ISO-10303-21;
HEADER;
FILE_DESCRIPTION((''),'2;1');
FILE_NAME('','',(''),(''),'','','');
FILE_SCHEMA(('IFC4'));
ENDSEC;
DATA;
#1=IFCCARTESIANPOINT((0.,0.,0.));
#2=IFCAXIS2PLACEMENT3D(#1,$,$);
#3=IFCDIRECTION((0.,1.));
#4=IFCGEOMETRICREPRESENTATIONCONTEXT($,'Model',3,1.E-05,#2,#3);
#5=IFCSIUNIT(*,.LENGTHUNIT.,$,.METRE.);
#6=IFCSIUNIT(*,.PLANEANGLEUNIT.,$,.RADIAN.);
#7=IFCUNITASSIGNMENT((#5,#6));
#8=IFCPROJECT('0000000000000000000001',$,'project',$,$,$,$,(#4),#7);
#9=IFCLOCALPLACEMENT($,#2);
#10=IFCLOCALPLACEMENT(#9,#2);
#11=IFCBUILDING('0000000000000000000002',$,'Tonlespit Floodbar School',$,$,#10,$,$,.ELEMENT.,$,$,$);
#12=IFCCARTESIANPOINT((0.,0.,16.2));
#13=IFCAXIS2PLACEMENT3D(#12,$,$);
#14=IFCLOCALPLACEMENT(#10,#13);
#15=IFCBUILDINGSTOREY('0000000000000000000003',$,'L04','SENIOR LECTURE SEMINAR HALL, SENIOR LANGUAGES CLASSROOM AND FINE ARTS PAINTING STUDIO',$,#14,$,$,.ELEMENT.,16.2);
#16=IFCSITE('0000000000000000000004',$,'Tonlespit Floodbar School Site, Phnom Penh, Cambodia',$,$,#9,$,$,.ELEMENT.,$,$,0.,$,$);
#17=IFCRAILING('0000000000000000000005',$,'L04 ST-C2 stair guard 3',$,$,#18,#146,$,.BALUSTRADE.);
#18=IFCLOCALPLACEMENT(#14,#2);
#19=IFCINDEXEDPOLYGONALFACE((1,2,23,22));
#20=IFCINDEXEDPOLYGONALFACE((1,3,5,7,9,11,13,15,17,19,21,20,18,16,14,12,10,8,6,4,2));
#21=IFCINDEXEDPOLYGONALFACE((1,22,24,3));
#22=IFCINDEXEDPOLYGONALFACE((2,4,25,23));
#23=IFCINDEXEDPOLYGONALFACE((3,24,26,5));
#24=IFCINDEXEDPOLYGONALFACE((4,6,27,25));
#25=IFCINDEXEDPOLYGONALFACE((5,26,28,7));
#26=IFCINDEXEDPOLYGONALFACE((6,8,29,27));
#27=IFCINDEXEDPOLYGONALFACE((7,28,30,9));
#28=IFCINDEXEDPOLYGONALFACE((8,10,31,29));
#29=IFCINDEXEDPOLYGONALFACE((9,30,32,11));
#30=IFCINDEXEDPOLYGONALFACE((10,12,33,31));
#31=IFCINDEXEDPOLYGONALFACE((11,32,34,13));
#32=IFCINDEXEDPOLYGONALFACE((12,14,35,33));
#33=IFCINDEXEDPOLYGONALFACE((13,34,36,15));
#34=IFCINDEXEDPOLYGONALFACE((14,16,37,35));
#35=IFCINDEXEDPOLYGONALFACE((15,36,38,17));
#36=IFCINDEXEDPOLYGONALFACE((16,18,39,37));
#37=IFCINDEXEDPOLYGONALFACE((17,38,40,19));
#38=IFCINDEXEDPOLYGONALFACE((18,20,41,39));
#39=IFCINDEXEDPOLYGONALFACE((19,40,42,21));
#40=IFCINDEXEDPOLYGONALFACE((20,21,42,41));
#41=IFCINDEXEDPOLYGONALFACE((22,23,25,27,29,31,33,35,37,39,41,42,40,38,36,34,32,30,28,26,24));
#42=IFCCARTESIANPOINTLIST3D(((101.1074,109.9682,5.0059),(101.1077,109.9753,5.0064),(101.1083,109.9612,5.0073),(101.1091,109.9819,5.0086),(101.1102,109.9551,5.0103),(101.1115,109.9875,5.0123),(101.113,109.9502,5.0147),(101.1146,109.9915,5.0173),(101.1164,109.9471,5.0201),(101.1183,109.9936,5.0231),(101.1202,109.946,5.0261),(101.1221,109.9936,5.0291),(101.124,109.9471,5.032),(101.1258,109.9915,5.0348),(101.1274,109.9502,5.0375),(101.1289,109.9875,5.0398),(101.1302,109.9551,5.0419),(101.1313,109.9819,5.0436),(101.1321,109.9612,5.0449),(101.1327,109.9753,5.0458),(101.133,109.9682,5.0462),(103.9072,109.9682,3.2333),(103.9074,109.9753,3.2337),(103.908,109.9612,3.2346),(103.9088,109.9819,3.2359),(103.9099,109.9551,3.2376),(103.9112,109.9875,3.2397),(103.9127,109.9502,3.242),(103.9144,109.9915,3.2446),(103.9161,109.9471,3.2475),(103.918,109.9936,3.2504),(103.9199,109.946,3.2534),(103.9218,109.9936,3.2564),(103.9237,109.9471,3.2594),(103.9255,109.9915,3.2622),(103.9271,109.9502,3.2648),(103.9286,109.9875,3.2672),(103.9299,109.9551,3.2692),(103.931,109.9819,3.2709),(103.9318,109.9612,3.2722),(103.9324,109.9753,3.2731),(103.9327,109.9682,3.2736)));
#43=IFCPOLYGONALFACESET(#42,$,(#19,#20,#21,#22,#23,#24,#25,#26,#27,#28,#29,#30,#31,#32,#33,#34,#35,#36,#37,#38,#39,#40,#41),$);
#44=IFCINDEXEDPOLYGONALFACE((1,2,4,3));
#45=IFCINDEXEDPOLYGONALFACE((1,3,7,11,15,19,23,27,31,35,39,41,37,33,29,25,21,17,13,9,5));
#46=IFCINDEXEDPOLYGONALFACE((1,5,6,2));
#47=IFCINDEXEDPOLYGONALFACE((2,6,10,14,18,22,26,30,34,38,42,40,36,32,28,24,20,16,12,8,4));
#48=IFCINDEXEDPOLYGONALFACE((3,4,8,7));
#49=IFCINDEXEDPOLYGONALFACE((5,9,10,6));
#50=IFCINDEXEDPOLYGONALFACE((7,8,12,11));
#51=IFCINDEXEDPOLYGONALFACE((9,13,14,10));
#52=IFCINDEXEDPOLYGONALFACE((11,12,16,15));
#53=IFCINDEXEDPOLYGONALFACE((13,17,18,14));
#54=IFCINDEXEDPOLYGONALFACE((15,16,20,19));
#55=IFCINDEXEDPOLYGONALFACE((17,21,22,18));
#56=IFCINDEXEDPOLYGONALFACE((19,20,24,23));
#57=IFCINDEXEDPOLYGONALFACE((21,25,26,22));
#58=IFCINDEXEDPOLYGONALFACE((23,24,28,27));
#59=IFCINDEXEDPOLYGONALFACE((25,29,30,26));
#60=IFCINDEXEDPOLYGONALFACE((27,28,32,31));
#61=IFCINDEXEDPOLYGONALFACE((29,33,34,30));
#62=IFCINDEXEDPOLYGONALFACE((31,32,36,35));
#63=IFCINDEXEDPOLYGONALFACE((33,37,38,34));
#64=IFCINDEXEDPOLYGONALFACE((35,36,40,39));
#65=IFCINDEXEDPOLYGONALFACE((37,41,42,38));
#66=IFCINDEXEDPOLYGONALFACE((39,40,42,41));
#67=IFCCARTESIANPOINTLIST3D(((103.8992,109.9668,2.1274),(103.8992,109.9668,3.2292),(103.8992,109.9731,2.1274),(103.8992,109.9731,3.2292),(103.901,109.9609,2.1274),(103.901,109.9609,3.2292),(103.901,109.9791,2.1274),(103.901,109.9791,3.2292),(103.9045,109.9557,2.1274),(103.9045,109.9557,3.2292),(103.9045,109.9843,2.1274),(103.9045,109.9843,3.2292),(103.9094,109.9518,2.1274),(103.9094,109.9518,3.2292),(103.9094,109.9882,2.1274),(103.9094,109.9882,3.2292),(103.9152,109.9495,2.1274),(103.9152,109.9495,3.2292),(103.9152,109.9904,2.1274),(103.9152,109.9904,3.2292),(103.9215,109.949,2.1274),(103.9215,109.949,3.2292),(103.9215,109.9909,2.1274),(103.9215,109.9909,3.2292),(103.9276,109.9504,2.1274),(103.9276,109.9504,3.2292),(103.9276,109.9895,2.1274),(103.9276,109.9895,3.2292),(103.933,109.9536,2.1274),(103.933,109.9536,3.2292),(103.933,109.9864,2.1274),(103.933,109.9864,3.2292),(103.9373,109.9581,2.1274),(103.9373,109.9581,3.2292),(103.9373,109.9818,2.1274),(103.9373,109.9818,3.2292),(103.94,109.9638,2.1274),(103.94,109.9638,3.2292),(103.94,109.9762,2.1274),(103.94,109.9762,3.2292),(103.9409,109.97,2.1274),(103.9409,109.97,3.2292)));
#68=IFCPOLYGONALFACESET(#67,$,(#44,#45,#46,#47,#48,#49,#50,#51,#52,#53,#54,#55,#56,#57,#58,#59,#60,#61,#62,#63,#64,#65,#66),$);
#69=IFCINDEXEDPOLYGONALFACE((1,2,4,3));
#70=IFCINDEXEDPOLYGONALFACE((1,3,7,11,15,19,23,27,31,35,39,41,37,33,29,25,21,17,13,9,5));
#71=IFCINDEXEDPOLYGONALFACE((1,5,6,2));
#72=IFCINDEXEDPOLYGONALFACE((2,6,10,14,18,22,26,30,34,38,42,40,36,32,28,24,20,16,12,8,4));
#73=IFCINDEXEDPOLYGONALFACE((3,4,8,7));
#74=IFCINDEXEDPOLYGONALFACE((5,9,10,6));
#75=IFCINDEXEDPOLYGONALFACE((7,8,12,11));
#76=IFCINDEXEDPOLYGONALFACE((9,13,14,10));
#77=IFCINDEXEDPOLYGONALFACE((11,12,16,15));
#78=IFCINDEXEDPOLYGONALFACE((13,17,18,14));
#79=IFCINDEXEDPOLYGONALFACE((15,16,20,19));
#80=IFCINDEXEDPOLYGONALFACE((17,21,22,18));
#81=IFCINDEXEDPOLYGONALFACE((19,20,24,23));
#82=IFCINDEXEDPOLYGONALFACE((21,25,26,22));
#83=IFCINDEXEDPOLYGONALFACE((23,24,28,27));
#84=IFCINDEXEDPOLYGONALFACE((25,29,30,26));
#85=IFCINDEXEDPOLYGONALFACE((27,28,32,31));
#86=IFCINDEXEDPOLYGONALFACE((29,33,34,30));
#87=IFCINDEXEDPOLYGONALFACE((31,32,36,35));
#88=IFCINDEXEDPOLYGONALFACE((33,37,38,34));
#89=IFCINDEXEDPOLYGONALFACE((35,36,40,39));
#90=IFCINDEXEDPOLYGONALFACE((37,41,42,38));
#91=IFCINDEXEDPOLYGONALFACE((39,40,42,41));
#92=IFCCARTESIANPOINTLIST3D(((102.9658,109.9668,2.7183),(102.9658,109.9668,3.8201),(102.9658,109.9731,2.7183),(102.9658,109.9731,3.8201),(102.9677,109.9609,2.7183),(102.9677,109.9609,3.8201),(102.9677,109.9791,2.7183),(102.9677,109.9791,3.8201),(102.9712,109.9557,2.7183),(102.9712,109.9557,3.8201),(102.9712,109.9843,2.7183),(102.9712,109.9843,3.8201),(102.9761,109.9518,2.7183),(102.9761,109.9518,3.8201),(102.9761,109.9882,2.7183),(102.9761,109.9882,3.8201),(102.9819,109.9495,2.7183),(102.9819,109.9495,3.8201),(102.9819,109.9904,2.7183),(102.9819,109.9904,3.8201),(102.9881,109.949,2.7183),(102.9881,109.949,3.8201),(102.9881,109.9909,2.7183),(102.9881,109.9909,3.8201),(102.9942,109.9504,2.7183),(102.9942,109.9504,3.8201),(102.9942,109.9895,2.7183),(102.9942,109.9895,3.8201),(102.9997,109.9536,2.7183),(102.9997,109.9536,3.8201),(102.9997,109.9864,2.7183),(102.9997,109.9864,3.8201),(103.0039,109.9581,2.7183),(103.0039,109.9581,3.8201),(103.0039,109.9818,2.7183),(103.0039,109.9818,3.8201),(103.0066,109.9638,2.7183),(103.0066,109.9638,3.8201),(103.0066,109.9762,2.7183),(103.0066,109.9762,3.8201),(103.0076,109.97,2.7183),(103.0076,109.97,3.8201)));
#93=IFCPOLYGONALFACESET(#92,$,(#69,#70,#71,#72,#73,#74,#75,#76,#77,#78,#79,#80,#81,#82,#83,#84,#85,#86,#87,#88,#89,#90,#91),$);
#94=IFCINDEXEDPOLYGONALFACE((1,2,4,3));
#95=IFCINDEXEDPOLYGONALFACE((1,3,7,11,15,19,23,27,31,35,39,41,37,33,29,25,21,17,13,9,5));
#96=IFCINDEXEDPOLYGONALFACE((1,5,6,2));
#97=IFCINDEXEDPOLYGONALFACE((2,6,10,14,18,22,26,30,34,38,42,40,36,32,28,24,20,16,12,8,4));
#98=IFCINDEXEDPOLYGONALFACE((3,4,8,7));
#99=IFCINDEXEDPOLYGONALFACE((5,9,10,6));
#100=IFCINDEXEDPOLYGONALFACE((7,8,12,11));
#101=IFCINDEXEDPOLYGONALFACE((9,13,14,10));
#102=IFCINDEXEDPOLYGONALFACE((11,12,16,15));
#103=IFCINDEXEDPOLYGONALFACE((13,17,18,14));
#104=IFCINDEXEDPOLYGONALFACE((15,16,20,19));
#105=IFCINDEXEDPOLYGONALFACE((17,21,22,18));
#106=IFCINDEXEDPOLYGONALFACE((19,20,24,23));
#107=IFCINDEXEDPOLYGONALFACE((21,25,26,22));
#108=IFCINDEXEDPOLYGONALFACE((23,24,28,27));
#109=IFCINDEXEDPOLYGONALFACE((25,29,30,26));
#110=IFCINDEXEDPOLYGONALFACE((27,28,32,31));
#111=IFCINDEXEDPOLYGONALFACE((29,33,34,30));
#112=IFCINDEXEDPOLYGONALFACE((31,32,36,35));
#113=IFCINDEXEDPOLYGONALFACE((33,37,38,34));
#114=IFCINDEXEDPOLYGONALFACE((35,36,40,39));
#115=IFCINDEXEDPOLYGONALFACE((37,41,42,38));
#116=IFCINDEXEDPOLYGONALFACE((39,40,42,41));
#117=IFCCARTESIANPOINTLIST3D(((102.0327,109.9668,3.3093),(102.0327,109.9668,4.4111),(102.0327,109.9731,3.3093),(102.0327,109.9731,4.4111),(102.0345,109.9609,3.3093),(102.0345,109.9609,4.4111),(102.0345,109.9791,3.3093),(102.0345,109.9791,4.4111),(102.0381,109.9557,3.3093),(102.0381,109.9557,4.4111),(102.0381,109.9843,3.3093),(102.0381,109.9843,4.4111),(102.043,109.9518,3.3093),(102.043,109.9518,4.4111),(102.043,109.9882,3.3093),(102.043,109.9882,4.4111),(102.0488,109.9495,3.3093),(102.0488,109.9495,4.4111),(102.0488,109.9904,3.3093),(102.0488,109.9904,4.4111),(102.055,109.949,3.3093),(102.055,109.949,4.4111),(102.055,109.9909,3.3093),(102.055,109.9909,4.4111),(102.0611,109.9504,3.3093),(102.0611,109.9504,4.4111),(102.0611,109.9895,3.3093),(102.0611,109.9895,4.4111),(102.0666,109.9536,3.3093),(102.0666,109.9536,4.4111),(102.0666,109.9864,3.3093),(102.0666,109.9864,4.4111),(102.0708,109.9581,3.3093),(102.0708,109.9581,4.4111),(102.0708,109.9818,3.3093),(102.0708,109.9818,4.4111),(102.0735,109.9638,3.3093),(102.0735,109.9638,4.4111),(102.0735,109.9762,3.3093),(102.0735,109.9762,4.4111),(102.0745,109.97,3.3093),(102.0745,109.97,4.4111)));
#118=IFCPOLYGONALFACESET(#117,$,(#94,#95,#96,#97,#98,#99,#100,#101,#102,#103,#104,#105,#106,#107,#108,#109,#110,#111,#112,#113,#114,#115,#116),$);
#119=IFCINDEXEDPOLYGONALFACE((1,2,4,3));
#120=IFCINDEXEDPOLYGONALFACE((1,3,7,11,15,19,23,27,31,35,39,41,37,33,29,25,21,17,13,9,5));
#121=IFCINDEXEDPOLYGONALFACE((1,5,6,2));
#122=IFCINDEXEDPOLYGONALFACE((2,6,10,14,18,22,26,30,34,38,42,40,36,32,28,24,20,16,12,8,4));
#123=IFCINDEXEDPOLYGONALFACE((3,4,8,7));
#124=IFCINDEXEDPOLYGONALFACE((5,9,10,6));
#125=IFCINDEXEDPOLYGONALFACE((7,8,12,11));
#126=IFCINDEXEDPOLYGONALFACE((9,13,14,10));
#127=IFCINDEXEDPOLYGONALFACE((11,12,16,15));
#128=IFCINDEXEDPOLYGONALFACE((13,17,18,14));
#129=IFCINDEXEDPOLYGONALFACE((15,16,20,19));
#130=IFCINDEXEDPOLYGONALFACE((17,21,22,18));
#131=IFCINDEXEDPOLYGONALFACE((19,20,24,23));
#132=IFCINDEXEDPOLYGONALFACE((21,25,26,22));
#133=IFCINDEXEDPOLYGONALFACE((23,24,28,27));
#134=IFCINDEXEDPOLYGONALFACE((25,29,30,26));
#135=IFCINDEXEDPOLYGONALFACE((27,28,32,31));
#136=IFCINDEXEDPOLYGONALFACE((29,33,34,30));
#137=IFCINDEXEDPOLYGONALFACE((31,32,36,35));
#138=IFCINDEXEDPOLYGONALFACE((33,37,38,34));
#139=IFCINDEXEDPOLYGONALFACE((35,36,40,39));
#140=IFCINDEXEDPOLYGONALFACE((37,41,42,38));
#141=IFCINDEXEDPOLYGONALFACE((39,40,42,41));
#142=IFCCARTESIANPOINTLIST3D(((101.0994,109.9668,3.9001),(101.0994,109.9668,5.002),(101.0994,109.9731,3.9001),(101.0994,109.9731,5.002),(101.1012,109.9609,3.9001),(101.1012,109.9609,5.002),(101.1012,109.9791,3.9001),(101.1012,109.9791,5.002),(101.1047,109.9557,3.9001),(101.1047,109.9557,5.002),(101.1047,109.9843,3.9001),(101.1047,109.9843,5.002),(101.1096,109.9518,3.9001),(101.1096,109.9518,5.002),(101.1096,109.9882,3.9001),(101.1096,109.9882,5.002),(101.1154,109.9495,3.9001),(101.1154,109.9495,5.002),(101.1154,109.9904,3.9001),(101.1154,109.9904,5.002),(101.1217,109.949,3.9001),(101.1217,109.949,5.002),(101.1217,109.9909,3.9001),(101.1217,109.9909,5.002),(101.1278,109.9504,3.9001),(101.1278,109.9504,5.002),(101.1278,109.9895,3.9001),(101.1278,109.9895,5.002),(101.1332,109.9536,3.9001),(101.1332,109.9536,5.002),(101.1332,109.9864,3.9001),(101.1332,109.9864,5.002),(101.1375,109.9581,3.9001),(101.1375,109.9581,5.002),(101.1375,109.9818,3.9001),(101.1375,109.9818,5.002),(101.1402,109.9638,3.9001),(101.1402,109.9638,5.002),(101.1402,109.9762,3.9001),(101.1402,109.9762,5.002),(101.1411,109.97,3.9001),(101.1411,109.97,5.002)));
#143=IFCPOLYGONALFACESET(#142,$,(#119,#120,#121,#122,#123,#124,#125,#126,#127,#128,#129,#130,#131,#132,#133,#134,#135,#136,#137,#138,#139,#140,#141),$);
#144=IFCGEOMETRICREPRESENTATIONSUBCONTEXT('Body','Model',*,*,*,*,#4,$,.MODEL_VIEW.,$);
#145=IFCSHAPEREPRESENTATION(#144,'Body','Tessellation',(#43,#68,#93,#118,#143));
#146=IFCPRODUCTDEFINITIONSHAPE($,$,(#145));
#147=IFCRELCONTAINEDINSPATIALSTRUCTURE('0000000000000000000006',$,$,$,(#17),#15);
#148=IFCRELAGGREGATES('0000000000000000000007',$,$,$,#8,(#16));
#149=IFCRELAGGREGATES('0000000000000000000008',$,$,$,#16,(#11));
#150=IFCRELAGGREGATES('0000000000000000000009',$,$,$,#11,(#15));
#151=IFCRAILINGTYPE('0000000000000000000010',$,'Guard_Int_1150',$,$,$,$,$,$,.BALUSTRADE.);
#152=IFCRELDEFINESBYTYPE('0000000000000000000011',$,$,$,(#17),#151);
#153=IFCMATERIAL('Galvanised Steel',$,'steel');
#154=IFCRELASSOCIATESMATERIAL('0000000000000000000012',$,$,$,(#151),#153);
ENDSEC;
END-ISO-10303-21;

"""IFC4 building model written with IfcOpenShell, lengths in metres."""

from ifc_helpers import new_model, si_unit, direction, frame, origin, origin_2d, place, context, subcontext, project, spatial, circle, extrude, material, type_object, element, save


model = new_model("IFC4")

# Units and contexts
model_context = context("Model", 3, precision=1e-05, world=origin(), true_north=direction((0.0, 1.0)))
body_context = subcontext(model_context, "Body", "Model", "MODEL_VIEW")
ifc_project = project(units=[si_unit("LENGTHUNIT", "METRE"), si_unit("PLANEANGLEUNIT", "RADIAN")], contexts=[model_context])

# Site, building, storey
site_placement = place(None, origin())
site = spatial("IfcSite", under=ifc_project, at=site_placement, Name="Tonlespit Floodbar School Site, Phnom Penh, Cambodia", CompositionType="ELEMENT", RefElevation=0.0)
building_placement = place(site_placement, origin())
building = spatial("IfcBuilding", under=site, at=building_placement, Name="Tonlespit Floodbar School", CompositionType="ELEMENT")
storey_placement = place(building_placement, frame((0.0, 0.0, 16.2)))
storey = spatial("IfcBuildingStorey", under=building, at=storey_placement, Name="L04", Description="SENIOR LECTURE SEMINAR HALL, SENIOR LANGUAGES CLASSROOM AND FINE ARTS PAINTING STUDIO", CompositionType="ELEMENT", Elevation=16.2)

# Shared definitions
ifc_material_1 = material(Name="Galvanised Steel", Category="steel")

# Railing
railing_type_1 = type_object("IfcRailingType", Name="Guard_Int_1150", PredefinedType="BALUSTRADE", material=ifc_material_1)
railing_1_placement = place(storey_placement, frame((103.9199, 109.97, 2.1274)))
element("IfcRailing", 1, at=railing_1_placement, inside=storey, type_object=railing_type_1, Name="L04 ST-C2 stair guard 3", PredefinedType="BALUSTRADE", context=body_context, shape_type="SweptSolid", body=[
    extrude(circle(Radius=0.0239, at=origin_2d()), frame((0.0, 0.0, 1.126), z_axis=(-0.844888, 0.0, 0.534943), x_axis=(0.0, -1.0, 0.0)), (0.0, 0.0, 1.0), 3.3137),
    extrude(circle(Radius=0.021, at=origin_2d()), origin(), (0.0, 0.0, 1.0), 1.1018),
    extrude(circle(Radius=0.021, at=origin_2d()), frame((-0.9333, 0.0, 0.5908)), (0.0, 0.0, 1.0), 1.1018),
    extrude(circle(Radius=0.021, at=origin_2d()), frame((-1.8665, 0.0, 1.1819)), (0.0, 0.0, 1.0), 1.1018),
    extrude(circle(Radius=0.021, at=origin_2d()), frame((-2.7998, 0.0, 1.7727)), (0.0, 0.0, 1.0), 1.1018),
])

save(model, "model.ifc")
